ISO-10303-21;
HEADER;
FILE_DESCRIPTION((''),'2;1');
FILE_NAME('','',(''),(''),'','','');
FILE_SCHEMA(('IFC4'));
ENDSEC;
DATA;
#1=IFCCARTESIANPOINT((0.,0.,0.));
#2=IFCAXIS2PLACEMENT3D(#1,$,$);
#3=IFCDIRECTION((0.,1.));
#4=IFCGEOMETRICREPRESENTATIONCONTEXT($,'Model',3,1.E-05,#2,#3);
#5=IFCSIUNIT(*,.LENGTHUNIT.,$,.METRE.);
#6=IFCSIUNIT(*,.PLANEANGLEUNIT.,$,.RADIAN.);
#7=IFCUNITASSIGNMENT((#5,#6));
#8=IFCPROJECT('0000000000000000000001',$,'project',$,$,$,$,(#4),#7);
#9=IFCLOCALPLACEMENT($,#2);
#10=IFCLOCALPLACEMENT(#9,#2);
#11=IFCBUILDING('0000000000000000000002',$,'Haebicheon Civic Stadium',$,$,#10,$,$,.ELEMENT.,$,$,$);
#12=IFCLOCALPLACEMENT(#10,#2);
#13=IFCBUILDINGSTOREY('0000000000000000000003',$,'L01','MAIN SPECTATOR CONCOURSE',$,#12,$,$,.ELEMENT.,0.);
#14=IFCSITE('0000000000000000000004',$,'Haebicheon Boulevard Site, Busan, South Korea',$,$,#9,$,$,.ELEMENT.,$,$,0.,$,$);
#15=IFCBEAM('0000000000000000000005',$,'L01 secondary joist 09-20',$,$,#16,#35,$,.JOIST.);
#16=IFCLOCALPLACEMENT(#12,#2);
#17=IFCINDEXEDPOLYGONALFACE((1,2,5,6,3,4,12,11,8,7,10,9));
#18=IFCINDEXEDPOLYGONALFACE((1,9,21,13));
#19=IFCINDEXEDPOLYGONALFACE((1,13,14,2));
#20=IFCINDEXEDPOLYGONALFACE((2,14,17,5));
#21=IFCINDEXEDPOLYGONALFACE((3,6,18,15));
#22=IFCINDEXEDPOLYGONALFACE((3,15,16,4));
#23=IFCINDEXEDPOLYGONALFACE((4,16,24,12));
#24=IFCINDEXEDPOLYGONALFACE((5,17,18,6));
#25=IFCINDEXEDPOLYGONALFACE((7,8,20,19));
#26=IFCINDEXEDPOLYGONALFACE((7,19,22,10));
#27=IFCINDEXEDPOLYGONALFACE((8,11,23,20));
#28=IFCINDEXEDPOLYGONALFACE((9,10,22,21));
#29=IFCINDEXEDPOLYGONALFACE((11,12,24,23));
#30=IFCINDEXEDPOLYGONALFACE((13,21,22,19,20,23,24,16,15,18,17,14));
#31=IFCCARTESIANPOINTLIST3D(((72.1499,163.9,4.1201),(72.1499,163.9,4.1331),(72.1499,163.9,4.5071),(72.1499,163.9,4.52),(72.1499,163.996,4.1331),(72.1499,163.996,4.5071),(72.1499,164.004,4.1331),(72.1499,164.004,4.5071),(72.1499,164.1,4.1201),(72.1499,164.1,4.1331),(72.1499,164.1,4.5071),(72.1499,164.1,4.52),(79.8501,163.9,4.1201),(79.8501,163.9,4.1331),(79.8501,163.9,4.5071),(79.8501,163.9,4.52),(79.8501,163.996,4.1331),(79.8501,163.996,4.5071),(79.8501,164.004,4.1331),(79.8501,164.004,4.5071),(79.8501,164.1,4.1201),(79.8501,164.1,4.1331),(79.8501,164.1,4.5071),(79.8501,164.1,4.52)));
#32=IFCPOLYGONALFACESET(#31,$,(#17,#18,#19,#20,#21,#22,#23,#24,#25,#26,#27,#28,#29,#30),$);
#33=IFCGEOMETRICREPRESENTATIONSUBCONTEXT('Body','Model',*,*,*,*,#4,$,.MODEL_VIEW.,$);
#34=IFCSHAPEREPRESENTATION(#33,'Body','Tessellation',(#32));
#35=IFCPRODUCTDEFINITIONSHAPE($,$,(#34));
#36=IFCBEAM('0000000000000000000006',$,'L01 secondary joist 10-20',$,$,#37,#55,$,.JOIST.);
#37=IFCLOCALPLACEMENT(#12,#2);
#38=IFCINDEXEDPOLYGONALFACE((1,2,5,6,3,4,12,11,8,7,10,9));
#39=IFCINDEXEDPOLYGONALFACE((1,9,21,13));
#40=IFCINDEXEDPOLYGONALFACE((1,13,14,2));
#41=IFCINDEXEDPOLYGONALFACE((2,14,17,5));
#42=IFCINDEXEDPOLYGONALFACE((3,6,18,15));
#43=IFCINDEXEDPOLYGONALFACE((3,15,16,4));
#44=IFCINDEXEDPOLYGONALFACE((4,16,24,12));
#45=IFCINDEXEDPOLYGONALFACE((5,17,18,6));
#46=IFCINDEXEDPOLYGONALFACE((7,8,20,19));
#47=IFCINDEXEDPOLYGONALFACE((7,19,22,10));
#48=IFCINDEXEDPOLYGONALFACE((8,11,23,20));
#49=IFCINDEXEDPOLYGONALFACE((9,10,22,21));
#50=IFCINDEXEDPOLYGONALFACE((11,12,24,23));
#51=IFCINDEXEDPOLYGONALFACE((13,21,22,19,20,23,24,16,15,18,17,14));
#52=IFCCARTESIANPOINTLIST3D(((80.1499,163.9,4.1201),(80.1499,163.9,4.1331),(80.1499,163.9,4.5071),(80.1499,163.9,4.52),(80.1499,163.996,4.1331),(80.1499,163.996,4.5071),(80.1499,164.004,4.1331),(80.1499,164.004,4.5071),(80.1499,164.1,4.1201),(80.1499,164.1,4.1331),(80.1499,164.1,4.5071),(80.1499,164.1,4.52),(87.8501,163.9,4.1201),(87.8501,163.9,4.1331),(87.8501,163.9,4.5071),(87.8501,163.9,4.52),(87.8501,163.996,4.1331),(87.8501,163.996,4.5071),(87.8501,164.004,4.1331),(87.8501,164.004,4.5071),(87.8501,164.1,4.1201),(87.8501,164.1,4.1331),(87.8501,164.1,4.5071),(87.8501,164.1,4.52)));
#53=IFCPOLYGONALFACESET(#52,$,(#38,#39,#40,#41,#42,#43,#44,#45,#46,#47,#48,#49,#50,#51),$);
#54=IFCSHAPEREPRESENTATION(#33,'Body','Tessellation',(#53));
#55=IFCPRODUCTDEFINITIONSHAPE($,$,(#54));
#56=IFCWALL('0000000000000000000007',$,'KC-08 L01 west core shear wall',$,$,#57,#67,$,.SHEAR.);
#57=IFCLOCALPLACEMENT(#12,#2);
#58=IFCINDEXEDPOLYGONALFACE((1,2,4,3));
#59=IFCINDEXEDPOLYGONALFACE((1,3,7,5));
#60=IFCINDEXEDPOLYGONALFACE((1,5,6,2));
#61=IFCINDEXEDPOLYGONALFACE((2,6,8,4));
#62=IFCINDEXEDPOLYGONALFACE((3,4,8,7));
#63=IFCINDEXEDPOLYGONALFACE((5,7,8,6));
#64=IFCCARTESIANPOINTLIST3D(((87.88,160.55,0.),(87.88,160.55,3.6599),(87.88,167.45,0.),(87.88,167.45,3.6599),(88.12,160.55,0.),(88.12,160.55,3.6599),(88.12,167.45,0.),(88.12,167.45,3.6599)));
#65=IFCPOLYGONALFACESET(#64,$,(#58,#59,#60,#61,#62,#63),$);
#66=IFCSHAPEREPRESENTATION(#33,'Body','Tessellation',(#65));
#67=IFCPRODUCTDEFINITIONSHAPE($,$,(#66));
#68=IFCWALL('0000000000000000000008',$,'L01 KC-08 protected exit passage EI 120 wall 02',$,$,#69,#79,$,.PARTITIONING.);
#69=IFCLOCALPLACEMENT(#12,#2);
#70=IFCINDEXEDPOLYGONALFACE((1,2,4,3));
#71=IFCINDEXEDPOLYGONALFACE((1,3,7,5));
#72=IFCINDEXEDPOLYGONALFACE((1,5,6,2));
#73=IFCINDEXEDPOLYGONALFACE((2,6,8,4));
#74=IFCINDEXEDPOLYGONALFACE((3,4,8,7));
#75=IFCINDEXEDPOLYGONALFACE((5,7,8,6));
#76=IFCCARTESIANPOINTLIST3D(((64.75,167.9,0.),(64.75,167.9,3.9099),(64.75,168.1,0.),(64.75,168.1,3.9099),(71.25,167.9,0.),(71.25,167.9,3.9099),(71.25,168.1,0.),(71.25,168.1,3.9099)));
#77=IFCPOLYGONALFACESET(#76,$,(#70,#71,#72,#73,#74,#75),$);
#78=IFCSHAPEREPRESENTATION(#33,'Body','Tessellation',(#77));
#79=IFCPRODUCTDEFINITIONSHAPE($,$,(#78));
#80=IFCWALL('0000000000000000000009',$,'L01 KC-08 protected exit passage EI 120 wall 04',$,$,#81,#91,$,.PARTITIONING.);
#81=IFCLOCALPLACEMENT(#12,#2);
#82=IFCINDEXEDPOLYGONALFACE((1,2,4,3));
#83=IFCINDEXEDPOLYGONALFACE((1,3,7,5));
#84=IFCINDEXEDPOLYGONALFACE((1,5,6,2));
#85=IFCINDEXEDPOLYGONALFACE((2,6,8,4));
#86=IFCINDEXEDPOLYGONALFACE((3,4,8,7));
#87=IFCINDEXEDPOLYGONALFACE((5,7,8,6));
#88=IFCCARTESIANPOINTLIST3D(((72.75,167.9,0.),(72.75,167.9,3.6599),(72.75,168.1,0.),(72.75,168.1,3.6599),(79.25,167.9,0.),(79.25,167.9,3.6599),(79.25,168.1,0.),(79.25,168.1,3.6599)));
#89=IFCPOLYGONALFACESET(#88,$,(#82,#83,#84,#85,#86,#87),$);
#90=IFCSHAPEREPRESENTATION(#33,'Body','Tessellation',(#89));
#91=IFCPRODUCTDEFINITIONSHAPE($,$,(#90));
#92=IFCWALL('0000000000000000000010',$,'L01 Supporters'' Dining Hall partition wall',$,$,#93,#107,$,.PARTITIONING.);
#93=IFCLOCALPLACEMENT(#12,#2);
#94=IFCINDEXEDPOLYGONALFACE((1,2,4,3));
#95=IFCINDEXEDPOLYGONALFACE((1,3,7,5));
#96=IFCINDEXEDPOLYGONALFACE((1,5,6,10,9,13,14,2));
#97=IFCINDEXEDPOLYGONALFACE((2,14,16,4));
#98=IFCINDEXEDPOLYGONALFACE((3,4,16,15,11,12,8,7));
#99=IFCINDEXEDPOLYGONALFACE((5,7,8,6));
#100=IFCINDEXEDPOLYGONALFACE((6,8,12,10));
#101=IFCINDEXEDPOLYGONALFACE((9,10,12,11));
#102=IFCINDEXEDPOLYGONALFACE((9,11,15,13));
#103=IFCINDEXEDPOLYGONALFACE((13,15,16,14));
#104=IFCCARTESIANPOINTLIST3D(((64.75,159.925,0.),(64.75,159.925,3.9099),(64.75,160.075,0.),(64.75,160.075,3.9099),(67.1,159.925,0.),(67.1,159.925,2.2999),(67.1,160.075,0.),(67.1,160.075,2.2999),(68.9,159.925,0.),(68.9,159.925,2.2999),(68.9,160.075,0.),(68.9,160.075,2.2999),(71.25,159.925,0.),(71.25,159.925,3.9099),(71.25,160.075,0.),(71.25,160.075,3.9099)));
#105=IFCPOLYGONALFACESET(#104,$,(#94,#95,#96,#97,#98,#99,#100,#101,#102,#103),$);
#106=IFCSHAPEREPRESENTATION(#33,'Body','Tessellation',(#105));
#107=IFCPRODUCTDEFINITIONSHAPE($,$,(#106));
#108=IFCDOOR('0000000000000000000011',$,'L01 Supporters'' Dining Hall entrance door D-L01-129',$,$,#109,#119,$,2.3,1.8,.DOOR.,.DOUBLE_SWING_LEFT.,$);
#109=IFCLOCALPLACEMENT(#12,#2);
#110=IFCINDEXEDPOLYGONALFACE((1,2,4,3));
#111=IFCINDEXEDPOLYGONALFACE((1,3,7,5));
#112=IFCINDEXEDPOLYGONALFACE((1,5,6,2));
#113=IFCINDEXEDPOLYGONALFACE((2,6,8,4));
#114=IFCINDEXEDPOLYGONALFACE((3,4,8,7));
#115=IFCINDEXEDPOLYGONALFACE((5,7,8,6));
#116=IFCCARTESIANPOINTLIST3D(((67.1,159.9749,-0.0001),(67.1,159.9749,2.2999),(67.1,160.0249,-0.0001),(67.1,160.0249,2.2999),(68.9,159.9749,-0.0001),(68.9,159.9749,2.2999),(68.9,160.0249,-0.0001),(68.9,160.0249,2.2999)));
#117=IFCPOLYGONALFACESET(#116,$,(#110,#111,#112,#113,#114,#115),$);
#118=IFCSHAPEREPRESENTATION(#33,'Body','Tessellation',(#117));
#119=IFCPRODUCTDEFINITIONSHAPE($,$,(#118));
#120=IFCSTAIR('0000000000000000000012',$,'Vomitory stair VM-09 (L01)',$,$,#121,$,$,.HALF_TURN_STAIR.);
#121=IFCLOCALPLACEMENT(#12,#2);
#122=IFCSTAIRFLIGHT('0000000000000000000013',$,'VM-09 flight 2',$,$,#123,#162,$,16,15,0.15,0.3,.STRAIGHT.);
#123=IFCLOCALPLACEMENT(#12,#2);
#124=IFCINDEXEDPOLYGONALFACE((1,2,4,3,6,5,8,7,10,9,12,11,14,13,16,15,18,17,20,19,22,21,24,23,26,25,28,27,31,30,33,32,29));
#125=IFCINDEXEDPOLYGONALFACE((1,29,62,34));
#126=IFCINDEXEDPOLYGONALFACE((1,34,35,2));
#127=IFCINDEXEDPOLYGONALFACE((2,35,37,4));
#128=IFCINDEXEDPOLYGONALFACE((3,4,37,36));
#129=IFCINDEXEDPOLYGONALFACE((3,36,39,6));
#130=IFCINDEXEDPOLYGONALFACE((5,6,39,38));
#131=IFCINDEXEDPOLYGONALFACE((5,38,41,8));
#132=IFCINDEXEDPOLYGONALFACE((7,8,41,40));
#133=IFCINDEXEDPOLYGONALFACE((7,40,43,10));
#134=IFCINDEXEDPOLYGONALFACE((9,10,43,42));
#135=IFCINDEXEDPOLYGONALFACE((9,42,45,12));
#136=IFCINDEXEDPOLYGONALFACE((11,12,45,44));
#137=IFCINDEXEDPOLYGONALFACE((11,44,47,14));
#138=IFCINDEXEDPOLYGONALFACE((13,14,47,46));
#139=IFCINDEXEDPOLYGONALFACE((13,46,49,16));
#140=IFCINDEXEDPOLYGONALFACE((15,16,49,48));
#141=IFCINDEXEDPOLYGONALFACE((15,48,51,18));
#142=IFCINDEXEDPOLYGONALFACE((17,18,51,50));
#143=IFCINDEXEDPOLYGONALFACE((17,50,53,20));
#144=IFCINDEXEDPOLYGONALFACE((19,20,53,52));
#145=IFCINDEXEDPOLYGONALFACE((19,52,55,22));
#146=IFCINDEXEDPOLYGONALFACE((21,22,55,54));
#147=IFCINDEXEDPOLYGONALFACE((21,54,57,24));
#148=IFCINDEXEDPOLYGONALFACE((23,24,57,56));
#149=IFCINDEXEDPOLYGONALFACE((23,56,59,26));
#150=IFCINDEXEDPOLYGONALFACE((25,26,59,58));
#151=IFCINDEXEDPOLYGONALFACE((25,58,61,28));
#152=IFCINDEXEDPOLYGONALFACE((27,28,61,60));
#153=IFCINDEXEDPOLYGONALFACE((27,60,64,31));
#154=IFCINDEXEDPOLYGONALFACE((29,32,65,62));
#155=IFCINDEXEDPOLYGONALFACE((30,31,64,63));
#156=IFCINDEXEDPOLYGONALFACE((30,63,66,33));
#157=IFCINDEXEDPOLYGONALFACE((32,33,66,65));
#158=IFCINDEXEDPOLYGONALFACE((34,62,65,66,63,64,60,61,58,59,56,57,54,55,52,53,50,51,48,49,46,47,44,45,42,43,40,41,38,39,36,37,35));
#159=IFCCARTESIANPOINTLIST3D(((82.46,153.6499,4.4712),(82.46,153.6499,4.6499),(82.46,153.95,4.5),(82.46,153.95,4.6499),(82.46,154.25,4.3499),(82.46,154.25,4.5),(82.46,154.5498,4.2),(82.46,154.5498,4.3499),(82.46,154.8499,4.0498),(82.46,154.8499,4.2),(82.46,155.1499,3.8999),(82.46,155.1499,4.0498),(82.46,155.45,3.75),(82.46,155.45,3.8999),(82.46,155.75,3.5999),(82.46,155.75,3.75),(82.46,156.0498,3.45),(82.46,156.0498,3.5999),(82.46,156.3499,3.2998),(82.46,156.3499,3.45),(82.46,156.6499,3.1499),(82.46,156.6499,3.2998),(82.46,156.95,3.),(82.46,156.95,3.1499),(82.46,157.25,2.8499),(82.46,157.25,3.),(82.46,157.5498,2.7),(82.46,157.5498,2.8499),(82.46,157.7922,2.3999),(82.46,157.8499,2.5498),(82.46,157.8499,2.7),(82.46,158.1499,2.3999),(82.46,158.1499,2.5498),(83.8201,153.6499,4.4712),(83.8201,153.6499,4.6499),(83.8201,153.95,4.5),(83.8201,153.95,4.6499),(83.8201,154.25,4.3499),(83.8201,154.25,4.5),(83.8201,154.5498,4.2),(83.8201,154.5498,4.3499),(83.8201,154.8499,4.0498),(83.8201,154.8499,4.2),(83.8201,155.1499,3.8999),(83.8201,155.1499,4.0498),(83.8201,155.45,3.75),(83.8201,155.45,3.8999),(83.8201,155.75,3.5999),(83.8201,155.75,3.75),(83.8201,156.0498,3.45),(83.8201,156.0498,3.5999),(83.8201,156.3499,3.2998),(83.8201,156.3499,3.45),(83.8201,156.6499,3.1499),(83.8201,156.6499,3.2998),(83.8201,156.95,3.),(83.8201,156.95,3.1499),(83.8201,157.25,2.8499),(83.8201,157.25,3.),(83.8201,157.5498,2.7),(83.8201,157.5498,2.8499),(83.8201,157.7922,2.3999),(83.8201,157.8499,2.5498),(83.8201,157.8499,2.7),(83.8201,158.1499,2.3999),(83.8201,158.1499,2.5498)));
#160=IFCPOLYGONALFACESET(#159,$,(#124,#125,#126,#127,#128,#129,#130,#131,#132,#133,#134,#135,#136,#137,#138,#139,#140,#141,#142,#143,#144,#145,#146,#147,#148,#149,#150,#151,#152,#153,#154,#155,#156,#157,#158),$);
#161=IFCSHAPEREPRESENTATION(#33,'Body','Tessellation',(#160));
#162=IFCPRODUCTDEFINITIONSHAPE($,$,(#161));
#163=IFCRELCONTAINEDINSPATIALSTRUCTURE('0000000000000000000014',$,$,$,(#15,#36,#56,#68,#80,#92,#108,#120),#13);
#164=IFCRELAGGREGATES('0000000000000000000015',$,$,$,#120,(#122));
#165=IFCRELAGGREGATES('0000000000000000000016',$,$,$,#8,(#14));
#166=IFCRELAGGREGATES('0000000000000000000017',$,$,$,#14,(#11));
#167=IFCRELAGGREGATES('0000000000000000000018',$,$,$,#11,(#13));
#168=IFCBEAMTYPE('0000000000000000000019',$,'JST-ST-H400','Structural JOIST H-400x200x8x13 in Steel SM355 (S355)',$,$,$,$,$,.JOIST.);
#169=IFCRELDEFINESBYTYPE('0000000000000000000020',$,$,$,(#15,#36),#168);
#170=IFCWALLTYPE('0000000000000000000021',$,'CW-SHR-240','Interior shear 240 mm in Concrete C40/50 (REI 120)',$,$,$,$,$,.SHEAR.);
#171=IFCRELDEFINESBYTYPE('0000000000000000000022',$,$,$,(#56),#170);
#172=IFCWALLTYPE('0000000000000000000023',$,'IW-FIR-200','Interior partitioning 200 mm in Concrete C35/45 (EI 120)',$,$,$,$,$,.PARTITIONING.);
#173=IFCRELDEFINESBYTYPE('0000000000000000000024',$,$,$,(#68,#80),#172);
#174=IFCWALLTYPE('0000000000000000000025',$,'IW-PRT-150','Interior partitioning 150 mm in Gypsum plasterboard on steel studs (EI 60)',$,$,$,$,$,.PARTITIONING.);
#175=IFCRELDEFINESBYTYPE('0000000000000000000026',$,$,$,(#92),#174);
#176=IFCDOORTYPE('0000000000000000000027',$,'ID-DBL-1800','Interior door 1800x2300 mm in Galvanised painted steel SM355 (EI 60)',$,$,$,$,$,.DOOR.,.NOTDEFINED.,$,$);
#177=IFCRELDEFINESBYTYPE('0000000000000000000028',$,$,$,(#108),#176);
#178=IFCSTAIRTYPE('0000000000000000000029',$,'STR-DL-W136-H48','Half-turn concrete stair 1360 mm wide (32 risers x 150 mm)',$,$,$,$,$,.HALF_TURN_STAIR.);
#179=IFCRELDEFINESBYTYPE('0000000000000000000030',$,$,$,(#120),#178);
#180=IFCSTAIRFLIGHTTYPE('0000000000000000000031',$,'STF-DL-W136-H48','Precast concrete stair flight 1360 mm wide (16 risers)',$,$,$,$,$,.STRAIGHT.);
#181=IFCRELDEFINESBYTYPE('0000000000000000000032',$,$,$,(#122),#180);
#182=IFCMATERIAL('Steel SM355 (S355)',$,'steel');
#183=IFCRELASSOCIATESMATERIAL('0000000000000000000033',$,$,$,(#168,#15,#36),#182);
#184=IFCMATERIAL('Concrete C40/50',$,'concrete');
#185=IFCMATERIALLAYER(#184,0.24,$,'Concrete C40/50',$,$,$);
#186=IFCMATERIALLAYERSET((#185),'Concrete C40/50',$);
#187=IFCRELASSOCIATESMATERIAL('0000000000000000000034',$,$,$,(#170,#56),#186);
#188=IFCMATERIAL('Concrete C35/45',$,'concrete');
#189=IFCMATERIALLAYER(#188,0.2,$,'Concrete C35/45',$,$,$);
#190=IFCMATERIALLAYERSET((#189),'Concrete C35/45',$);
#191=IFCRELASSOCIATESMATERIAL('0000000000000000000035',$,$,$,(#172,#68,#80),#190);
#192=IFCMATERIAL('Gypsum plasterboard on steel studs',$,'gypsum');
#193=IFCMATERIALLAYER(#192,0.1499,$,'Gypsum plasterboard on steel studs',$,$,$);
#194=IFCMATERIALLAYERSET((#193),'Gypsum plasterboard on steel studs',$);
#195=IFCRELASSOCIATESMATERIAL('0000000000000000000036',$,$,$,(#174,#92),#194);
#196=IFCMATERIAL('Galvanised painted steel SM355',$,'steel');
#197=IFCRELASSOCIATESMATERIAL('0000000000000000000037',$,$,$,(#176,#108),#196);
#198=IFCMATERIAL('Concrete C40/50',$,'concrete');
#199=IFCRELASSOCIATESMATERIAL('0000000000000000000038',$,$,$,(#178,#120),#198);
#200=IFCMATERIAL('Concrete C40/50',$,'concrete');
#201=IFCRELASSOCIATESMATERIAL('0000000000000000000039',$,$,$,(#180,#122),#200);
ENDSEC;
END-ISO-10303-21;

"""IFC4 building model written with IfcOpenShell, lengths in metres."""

from ifc_helpers import new_model, si_unit, direction, frame, frame_2d, origin, origin_2d, place, context, subcontext, project, spatial, polyline, rectangle, i_section, outline, extrude, material, layer, layer_set, material_profile, profile_set, type_object, element, fill, aggregate, save


model = new_model("IFC4")

# Units and contexts
model_context = context("Model", 3, precision=1e-05, world=origin(), true_north=direction((0.0, 1.0)))
body_context = subcontext(model_context, "Body", "Model", "MODEL_VIEW")
ifc_project = project(units=[si_unit("LENGTHUNIT", "METRE"), si_unit("PLANEANGLEUNIT", "RADIAN")], contexts=[model_context])

# Site, building, storey
site_placement = place(None, origin())
site = spatial("IfcSite", under=ifc_project, at=site_placement, Name="Haebicheon Boulevard Site, Busan, South Korea", CompositionType="ELEMENT", RefElevation=0.0)
building_placement = place(site_placement, origin())
building = spatial("IfcBuilding", under=site, at=building_placement, Name="Haebicheon Civic Stadium", CompositionType="ELEMENT")
storey_placement = place(building_placement, origin())
storey = spatial("IfcBuildingStorey", under=building, at=storey_placement, Name="L01", Description="MAIN SPECTATOR CONCOURSE", CompositionType="ELEMENT", Elevation=0.0)

# Beams
ifc_material_1 = material(Name="Steel SM355 (S355)", Category="steel")
ifc_material_profile_1 = material_profile(ifc_material_1, i_section(OverallWidth=0.2, OverallDepth=0.3999, WebThickness=0.0081, FlangeThickness=0.0129, at=origin_2d()), Name="H-400x200x8x13")
ifc_profile_set_1 = profile_set([ifc_material_profile_1], Name="Steel SM355 (S355)")
beam_type_1 = type_object("IfcBeamType", Name="JST-ST-H400", Description="Structural JOIST H-400x200x8x13 in Steel SM355 (S355)", PredefinedType="JOIST", material=ifc_profile_set_1)
for number, where, z_axis, x_axis, name in (
    (1, (72.1499, 164.0, 4.3201), (1.0, 0.0, 0.0), (0.0, 1.0, 0.0), "L01 secondary joist 09-20"),
    (2, (80.1499, 164.0, 4.3201), (1.0, 0.0, 0.0), (0.0, 1.0, 0.0), "L01 secondary joist 10-20"),
):
    element("IfcBeam", number, at=place(storey_placement, frame(where, z_axis=z_axis, x_axis=x_axis)), inside=storey, type_object=beam_type_1, material=ifc_profile_set_1, Name=name, PredefinedType="JOIST", context=body_context, shape_type="SweptSolid", body=[
        extrude(i_section(OverallWidth=0.2, OverallDepth=0.3999, WebThickness=0.0081, FlangeThickness=0.0129, at=origin_2d()), origin(), (0.0, 0.0, 1.0), 7.7002),
    ])

# Walls
ifc_material_2 = material(Name="Concrete C40/50", Category="concrete")
ifc_layer_1 = layer(ifc_material_2, 0.24, Name="Concrete C40/50")
ifc_layer_set_1 = layer_set([ifc_layer_1], Name="Concrete C40/50")
wall_type_1 = type_object("IfcWallType", Name="CW-SHR-240", Description="Interior shear 240 mm in Concrete C40/50 (REI 120)", PredefinedType="SHEAR", material=ifc_layer_set_1)
wall_1_placement = place(storey_placement, frame((88.0, 160.55, 0.0), z_axis=(0.0, 0.0, 1.0), x_axis=(0.0, 1.0, 0.0)))
element("IfcWall", 3, at=wall_1_placement, inside=storey, type_object=wall_type_1, material=ifc_layer_set_1, Name="KC-08 L01 west core shear wall", PredefinedType="SHEAR", context=body_context, shape_type="SweptSolid", body=[
    extrude(rectangle(XDim=6.8999, YDim=0.24, at=frame_2d((3.45, 0.0))), origin(), (0.0, 0.0, 1.0), 3.6599),
])
ifc_material_3 = material(Name="Concrete C35/45", Category="concrete")
ifc_layer_2 = layer(ifc_material_3, 0.2, Name="Concrete C35/45")
ifc_layer_set_2 = layer_set([ifc_layer_2], Name="Concrete C35/45")
wall_type_2 = type_object("IfcWallType", Name="IW-FIR-200", Description="Interior partitioning 200 mm in Concrete C35/45 (EI 120)", PredefinedType="PARTITIONING", material=ifc_layer_set_2)
wall_2_placement = place(storey_placement, frame((64.75, 168.0, 0.0), z_axis=(0.0, 0.0, 1.0), x_axis=(1.0, 0.0, 0.0)))
element("IfcWall", 4, at=wall_2_placement, inside=storey, type_object=wall_type_2, material=ifc_layer_set_2, Name="L01 KC-08 protected exit passage EI 120 wall 02", PredefinedType="PARTITIONING", context=body_context, shape_type="SweptSolid", body=[
    extrude(rectangle(XDim=6.5, YDim=0.2, at=frame_2d((3.25, 0.0))), origin(), (0.0, 0.0, 1.0), 3.9099),
])
wall_3_placement = place(storey_placement, frame((72.75, 168.0, 0.0), z_axis=(0.0, 0.0, 1.0), x_axis=(1.0, 0.0, 0.0)))
element("IfcWall", 5, at=wall_3_placement, inside=storey, type_object=wall_type_2, material=ifc_layer_set_2, Name="L01 KC-08 protected exit passage EI 120 wall 04", PredefinedType="PARTITIONING", context=body_context, shape_type="SweptSolid", body=[
    extrude(rectangle(XDim=6.5, YDim=0.2, at=frame_2d((3.25, 0.0))), origin(), (0.0, 0.0, 1.0), 3.6599),
])

# Wall, opening, door
ifc_material_4 = material(Name="Gypsum plasterboard on steel studs", Category="gypsum")
ifc_layer_3 = layer(ifc_material_4, 0.1499, Name="Gypsum plasterboard on steel studs")
ifc_layer_set_3 = layer_set([ifc_layer_3], Name="Gypsum plasterboard on steel studs")
wall_type_3 = type_object("IfcWallType", Name="IW-PRT-150", Description="Interior partitioning 150 mm in Gypsum plasterboard on steel studs (EI 60)", PredefinedType="PARTITIONING", material=ifc_layer_set_3)
wall_4_placement = place(storey_placement, frame((64.75, 160.0, 0.0), z_axis=(0.0, 0.0, 1.0), x_axis=(1.0, 0.0, 0.0)))
wall_4 = element("IfcWall", 6, at=wall_4_placement, inside=storey, type_object=wall_type_3, material=ifc_layer_set_3, Name="L01 Supporters' Dining Hall partition wall", PredefinedType="PARTITIONING", context=body_context, shape_type="SweptSolid", body=[
    extrude(rectangle(XDim=6.5, YDim=0.1499, at=frame_2d((3.25, 0.0))), origin(), (0.0, 0.0, 1.0), 3.9099),
])
opening_placement = place(wall_4_placement, frame((2.3501, 0.0, 0.0)))
opening = element("IfcOpeningElement", 7, at=opening_placement, cuts=wall_4, PredefinedType="OPENING", context=body_context, shape_type="SweptSolid", body=[
    extrude(rectangle(XDim=1.8, YDim=2.3, at=frame_2d((0.8999, 1.1499))), frame((0.0, 0.085, 0.0), z_axis=(0.0, -1.0, 0.0), x_axis=(1.0, 0.0, 0.0)), (0.0, 0.0, 1.0), 0.1699),
])
ifc_material_5 = material(Name="Galvanised painted steel SM355", Category="steel")
door_type = type_object("IfcDoorType", Name="ID-DBL-1800", Description="Interior door 1800x2300 mm in Galvanised painted steel SM355 (EI 60)", OperationType="NOTDEFINED", PredefinedType="DOOR", material=ifc_material_5)
door_placement = place(opening_placement, origin())
door = element("IfcDoor", 8, at=door_placement, inside=storey, type_object=door_type, material=ifc_material_5, Name="L01 Supporters' Dining Hall entrance door D-L01-129", OperationType="DOUBLE_SWING_LEFT", OverallHeight=2.3, OverallWidth=1.8, PredefinedType="DOOR", context=body_context, shape_type="SweptSolid", body=[
    extrude(rectangle(XDim=1.8, YDim=2.3, at=frame_2d((0.8999, 1.1499))), frame((0.0, 0.0249, 0.0), z_axis=(0.0, -1.0, 0.0), x_axis=(1.0, 0.0, 0.0)), (0.0, 0.0, 1.0), 0.05),
])
fill(opening, door)

# Stair, stair flight
ifc_material_6 = material(Name="Concrete C40/50", Category="concrete")
stair_type = type_object("IfcStairType", Name="STR-DL-W136-H48", Description="Half-turn concrete stair 1360 mm wide (32 risers x 150 mm)", PredefinedType="HALF_TURN_STAIR", material=ifc_material_6)
stair_placement = place(storey_placement, origin())
stair = element("IfcStair", 9, at=stair_placement, inside=storey, type_object=stair_type, material=ifc_material_6, Name="Vomitory stair VM-09 (L01)", PredefinedType="HALF_TURN_STAIR")
ifc_material_7 = material(Name="Concrete C40/50", Category="concrete")
stair_flight_type = type_object("IfcStairFlightType", Name="STF-DL-W136-H48", Description="Precast concrete stair flight 1360 mm wide (16 risers)", PredefinedType="STRAIGHT", material=ifc_material_7)
stair_flight_placement = place(storey_placement, frame((83.1399, 158.1499, 2.3999), z_axis=(0.0, 0.0, 1.0), x_axis=(0.0, -1.0, 0.0)))
stair_flight = element("IfcStairFlight", 10, at=stair_flight_placement, type_object=stair_flight_type, material=ifc_material_7, Name="VM-09 flight 2", NumberOfRisers=16, NumberOfTreads=15, PredefinedType="STRAIGHT", RiserHeight=0.15, TreadLength=0.3, context=body_context, shape_type="SweptSolid", body=[
    extrude(outline(polyline([(0.0, 0.0), (0.0, 0.1499), (0.3, 0.1499), (0.3, 0.3), (0.6001, 0.3), (0.6001, 0.45), (0.8999, 0.45), (0.8999, 0.6001), (1.2, 0.6001), (1.2, 0.75), (1.5, 0.75), (1.5, 0.8999), (1.8, 0.8999), (1.8, 1.05), (2.1001, 1.05), (2.1001, 1.2), (2.3999, 1.2), (2.3999, 1.3501), (2.7, 1.3501), (2.7, 1.5), (3.0, 1.5), (3.0, 1.6499), (3.3, 1.6499), (3.3, 1.8), (3.6001, 1.8), (3.6001, 1.95), (3.8999, 1.95), (3.8999, 2.1001), (4.2, 2.1001), (4.2, 2.25), (4.5, 2.25), (4.5, 2.3999), (4.5, 2.0713), (0.3577, 0.0), (0.0, 0.0)])), frame((0.0, 0.6802, 0.0), z_axis=(0.0, -1.0, 0.0), x_axis=(1.0, 0.0, 0.0)), (0.0, 0.0, 1.0), 1.3601),
])
aggregate(stair, [stair_flight])

save(model, "model.ifc")
